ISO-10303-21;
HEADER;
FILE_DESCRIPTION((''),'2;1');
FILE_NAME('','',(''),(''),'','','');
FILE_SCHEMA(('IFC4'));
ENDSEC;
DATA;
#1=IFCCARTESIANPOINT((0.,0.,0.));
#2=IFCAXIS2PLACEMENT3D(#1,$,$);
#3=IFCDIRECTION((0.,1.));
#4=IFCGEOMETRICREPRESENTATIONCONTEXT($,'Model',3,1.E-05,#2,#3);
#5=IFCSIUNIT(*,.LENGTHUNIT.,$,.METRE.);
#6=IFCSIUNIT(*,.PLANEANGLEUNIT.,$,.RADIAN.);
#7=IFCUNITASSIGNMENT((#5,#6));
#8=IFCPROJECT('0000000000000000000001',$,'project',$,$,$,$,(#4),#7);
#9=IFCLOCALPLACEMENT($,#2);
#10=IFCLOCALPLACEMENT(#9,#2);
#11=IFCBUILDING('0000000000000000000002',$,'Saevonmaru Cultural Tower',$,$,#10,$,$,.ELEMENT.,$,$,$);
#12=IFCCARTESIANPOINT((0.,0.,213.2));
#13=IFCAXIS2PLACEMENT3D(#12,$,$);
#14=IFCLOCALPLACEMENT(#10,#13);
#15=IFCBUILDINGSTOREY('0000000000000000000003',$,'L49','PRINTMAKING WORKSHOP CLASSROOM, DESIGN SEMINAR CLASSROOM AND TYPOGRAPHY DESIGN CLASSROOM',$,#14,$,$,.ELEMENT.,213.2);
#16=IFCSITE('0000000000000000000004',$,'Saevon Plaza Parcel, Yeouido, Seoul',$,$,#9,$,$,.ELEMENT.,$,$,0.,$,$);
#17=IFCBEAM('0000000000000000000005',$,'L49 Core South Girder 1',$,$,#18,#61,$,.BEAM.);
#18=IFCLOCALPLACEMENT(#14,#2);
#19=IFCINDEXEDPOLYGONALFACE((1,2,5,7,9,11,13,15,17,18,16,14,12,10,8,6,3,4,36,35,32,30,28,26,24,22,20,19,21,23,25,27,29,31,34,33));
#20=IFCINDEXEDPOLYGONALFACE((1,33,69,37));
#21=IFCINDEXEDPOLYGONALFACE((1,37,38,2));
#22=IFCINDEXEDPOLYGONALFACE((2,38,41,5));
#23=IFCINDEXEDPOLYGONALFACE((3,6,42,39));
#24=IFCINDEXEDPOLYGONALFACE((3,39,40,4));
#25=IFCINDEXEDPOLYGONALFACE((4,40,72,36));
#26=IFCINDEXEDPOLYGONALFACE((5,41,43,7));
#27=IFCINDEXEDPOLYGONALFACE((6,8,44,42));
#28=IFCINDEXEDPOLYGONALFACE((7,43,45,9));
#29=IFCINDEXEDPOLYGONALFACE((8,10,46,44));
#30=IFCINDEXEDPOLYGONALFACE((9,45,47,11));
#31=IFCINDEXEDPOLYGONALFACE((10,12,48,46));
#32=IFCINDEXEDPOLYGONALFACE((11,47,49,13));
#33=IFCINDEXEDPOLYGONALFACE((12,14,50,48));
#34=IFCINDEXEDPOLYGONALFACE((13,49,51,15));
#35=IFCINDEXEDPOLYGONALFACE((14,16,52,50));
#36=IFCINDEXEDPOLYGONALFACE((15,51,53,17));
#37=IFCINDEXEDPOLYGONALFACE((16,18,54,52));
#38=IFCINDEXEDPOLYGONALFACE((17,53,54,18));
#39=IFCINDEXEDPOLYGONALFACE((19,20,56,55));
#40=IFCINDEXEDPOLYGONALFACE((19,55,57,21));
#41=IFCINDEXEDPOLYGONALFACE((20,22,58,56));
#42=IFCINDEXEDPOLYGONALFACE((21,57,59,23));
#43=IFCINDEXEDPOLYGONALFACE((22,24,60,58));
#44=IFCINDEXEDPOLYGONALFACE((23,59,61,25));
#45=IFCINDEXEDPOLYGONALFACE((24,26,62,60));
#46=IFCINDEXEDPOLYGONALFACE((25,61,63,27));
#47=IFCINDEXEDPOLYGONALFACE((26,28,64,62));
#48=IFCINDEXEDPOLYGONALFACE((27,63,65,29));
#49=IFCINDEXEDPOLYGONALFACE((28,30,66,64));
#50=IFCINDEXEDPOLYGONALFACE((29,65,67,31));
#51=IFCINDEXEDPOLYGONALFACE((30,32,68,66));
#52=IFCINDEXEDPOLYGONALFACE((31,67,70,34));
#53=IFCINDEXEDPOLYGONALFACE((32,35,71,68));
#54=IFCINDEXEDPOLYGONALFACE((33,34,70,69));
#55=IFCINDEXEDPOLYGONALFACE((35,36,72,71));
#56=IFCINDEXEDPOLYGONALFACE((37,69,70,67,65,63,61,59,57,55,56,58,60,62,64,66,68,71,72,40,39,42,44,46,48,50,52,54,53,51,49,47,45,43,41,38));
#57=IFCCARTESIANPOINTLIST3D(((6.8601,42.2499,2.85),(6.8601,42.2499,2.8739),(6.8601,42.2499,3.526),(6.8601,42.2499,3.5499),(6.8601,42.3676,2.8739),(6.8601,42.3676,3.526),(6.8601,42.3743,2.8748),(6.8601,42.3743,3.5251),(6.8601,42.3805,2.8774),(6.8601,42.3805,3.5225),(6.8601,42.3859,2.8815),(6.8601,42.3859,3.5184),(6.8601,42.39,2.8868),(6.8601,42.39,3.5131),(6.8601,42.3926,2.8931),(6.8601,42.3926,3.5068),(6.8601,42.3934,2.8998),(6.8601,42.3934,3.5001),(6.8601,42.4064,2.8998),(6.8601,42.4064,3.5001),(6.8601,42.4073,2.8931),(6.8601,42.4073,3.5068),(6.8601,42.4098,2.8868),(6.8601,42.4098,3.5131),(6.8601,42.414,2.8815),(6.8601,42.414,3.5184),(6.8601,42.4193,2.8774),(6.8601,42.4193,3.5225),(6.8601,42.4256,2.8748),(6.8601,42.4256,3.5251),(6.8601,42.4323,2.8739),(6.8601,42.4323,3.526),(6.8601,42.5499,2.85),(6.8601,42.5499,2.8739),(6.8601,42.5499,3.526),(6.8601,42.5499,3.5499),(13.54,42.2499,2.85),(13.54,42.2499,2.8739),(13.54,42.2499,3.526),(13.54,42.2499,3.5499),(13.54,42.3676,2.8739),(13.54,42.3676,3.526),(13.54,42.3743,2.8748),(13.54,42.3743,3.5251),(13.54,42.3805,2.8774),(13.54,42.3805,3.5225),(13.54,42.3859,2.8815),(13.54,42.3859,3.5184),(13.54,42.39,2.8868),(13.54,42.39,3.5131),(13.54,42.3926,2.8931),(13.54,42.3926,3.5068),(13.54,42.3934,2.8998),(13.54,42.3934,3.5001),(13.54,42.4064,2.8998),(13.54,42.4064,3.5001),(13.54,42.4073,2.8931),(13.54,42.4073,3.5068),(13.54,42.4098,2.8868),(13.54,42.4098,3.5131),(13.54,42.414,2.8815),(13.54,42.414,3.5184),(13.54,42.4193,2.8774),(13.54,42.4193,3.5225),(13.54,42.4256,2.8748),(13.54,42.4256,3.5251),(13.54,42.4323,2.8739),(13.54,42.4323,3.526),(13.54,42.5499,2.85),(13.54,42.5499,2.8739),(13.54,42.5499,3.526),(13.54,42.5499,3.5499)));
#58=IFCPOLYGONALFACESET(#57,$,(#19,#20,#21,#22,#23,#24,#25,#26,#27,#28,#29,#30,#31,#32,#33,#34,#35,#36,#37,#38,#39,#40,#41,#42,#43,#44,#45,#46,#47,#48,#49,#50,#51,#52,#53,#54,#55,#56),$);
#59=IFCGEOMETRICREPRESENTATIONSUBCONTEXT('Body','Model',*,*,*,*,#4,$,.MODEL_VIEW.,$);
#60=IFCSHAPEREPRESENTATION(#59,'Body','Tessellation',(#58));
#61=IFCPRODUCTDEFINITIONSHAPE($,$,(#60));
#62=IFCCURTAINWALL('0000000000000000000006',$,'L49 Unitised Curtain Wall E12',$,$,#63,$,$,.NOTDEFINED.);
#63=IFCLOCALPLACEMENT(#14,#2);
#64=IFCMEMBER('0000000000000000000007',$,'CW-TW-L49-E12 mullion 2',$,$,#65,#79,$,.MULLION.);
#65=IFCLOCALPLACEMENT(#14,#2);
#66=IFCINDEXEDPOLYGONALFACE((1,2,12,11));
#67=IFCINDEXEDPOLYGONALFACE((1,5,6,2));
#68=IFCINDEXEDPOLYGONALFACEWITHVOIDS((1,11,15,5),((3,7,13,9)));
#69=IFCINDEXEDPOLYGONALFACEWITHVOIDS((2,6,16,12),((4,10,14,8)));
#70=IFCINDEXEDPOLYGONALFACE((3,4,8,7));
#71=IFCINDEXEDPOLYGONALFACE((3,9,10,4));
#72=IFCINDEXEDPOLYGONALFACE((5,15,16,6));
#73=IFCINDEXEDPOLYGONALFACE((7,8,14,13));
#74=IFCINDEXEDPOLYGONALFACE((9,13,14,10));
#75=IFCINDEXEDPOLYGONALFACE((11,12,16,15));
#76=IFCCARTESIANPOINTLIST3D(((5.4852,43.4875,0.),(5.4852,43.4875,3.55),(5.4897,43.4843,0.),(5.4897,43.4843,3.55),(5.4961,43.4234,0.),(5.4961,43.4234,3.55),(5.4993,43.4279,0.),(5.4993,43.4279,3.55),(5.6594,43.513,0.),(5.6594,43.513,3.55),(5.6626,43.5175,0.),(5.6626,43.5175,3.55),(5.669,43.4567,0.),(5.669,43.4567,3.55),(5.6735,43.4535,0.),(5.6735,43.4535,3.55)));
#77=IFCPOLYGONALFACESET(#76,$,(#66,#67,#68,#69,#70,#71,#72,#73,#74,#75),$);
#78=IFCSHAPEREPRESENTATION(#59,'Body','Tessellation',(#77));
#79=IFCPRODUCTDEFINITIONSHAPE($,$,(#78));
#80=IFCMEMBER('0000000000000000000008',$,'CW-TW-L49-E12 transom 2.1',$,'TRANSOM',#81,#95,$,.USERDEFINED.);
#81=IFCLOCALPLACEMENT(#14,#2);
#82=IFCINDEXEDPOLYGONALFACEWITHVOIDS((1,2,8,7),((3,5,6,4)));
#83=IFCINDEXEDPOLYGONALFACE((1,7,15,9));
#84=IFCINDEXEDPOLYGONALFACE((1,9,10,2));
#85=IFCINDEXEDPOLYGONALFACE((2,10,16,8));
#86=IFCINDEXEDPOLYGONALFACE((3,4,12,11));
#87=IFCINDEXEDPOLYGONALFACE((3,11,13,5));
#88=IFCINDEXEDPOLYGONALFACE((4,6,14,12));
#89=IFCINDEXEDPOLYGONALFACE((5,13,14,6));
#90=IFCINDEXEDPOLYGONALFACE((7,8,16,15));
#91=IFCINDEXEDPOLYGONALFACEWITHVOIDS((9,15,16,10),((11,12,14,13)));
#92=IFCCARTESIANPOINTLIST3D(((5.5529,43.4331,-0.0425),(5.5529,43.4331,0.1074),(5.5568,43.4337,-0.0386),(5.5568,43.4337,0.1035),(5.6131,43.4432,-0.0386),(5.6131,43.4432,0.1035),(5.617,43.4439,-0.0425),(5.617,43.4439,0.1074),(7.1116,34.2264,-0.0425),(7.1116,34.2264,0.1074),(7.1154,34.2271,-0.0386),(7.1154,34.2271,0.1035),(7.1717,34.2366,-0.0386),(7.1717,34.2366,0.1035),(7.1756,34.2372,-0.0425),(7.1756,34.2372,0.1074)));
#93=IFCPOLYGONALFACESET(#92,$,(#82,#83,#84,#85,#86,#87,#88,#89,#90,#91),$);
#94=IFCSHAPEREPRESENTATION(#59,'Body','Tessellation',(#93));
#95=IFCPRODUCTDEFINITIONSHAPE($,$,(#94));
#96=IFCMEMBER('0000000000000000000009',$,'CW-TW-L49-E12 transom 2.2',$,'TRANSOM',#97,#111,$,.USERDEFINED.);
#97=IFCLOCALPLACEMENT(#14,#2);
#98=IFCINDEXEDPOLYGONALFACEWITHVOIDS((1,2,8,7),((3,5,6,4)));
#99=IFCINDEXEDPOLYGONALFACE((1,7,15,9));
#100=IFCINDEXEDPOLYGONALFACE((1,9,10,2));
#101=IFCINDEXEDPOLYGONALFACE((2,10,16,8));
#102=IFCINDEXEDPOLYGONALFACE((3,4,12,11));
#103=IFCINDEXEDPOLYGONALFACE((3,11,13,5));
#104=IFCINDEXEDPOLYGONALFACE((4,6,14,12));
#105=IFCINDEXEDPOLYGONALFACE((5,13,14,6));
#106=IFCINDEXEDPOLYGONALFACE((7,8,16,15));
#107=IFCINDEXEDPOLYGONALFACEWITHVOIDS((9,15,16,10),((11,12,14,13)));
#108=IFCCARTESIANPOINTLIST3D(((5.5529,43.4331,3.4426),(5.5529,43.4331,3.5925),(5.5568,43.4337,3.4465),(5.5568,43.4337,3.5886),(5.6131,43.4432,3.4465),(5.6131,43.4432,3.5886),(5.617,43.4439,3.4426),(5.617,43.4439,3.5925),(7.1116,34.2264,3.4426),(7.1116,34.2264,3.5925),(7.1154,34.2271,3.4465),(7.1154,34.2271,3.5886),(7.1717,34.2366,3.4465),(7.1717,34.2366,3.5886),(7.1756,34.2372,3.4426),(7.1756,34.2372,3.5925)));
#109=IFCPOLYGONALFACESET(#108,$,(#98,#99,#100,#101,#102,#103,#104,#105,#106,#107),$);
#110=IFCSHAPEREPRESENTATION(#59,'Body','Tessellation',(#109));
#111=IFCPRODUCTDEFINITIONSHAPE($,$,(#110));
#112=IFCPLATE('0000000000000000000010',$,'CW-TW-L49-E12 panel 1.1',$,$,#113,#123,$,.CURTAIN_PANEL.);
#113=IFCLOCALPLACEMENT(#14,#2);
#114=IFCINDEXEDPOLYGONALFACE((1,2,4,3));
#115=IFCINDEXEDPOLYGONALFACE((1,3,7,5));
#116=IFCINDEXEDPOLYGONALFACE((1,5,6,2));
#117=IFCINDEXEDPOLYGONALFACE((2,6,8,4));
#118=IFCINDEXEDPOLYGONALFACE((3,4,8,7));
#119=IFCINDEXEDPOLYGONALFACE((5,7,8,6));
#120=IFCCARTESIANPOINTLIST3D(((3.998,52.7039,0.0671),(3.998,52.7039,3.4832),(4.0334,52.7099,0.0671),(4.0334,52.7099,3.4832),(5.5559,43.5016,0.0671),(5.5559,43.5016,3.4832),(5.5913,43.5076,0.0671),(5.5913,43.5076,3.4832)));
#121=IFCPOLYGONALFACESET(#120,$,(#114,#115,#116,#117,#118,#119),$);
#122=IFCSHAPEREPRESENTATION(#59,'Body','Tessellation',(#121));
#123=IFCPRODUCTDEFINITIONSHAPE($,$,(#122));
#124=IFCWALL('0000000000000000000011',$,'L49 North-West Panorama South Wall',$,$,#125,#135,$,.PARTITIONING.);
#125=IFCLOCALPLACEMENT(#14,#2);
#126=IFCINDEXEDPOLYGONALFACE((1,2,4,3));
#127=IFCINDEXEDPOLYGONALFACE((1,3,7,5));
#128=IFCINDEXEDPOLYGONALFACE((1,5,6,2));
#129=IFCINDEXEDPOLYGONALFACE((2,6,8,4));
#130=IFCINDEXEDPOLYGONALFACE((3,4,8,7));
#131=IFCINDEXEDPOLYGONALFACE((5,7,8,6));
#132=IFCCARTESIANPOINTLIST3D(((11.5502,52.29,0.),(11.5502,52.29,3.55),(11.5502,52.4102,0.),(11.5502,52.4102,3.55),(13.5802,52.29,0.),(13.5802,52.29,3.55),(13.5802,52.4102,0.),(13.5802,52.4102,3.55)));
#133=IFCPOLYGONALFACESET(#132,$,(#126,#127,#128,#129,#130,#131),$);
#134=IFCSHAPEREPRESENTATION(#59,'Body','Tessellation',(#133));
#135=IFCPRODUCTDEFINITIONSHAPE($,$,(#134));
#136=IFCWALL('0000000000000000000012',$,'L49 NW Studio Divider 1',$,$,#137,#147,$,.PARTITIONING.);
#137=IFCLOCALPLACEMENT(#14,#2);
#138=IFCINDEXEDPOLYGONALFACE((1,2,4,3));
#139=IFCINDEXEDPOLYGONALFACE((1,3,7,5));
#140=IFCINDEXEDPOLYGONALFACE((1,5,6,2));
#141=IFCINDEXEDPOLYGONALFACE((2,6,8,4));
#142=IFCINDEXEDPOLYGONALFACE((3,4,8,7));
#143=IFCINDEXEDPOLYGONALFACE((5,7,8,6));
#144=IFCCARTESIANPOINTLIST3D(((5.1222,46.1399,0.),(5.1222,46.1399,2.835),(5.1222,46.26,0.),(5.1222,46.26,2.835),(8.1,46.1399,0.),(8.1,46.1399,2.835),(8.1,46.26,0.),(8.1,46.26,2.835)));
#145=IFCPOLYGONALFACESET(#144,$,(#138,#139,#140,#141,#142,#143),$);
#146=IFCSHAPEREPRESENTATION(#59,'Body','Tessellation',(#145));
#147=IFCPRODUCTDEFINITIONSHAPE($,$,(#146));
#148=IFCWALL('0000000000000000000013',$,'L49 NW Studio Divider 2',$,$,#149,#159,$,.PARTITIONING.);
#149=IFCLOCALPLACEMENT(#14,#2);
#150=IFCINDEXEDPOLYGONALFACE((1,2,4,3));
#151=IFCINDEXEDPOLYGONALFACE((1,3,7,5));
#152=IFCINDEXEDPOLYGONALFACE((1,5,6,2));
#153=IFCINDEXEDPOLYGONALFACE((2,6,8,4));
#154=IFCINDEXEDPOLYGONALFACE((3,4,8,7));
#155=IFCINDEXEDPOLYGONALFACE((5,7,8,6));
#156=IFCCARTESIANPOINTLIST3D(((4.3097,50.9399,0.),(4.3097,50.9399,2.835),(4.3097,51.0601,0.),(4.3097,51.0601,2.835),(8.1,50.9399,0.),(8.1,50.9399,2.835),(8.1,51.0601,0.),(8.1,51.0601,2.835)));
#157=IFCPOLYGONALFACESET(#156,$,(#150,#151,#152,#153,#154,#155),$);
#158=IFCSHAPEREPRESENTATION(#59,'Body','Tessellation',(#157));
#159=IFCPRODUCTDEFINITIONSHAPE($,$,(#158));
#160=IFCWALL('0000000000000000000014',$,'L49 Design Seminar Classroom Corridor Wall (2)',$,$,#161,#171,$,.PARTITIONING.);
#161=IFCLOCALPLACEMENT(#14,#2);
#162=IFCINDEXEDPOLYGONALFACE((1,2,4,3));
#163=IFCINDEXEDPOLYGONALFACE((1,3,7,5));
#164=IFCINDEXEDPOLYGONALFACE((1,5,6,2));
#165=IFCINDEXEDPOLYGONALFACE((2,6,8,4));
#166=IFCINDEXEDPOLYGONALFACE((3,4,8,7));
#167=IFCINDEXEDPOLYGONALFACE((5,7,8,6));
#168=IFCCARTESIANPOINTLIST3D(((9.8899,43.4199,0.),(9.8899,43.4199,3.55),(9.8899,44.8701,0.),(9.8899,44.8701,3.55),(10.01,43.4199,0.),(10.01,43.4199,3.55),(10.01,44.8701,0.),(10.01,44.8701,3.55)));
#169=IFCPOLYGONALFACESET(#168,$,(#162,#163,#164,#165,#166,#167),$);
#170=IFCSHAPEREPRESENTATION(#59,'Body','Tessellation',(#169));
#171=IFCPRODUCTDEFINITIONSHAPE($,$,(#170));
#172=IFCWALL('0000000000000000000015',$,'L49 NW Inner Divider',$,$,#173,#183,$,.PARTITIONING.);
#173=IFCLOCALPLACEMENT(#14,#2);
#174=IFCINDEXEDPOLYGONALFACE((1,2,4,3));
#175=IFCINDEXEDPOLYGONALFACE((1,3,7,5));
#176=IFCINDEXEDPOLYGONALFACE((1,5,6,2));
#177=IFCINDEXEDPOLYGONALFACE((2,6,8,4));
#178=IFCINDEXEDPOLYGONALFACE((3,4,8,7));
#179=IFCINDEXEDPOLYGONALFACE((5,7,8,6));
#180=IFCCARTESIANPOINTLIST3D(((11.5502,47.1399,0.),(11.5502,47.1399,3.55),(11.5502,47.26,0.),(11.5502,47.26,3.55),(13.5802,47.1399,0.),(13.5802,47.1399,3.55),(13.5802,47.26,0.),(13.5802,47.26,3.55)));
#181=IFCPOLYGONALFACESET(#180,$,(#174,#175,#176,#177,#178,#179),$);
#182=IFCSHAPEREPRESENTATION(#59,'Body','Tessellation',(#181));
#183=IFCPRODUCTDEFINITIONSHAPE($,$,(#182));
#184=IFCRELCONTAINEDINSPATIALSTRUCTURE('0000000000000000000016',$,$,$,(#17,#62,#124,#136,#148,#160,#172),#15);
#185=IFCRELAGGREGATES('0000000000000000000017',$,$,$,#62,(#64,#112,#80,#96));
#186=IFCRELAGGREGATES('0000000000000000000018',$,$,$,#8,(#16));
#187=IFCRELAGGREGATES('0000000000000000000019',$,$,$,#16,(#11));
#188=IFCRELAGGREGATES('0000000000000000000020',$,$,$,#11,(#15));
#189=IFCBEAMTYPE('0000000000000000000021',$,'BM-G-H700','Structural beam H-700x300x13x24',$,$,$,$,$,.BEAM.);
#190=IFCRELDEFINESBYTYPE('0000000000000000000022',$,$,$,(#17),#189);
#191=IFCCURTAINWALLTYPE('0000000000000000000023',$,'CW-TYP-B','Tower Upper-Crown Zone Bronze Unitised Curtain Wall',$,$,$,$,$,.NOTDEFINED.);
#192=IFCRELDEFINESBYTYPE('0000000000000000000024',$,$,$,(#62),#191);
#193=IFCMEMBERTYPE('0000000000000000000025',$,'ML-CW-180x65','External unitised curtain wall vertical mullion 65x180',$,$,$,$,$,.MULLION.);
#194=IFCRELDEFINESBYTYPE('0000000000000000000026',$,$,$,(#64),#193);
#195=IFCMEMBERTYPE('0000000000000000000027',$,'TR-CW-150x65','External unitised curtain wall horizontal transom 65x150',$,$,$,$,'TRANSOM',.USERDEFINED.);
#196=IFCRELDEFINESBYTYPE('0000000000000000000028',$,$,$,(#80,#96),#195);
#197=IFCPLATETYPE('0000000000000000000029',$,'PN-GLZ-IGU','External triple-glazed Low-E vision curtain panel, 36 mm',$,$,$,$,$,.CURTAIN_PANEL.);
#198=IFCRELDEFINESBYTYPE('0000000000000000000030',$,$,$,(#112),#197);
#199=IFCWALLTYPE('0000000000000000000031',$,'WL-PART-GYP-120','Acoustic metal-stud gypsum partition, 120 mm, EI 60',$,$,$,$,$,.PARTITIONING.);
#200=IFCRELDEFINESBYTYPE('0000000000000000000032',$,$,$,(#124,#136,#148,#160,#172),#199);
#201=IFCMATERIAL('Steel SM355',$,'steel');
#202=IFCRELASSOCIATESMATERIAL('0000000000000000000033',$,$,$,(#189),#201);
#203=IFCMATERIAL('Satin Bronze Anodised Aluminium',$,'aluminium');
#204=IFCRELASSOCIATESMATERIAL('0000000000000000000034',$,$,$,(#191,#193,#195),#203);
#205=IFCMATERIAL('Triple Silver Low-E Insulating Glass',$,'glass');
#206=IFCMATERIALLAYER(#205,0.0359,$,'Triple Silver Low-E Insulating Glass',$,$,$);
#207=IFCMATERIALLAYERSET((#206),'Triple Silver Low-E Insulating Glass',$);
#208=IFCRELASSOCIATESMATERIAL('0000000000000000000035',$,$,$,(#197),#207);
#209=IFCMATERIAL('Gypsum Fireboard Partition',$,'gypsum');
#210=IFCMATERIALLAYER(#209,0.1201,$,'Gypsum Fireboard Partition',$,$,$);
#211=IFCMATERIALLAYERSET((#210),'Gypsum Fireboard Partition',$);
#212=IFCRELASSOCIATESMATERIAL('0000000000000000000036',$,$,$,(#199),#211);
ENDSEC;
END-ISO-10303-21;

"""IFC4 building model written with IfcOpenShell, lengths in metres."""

from ifc_helpers import new_model, si_unit, direction, frame, frame_2d, origin, origin_2d, place, context, subcontext, project, spatial, rectangle, hollow_rectangle, i_section, extrude, material, layer, layer_set, material_profile, profile_set, type_object, element, aggregate, save


model = new_model("IFC4")

# Units and contexts
model_context = context("Model", 3, precision=1e-05, world=origin(), true_north=direction((0.0, 1.0)))
body_context = subcontext(model_context, "Body", "Model", "MODEL_VIEW")
ifc_project = project(units=[si_unit("LENGTHUNIT", "METRE"), si_unit("PLANEANGLEUNIT", "RADIAN")], contexts=[model_context])

# Site, building, storey
site_placement = place(None, origin())
site = spatial("IfcSite", under=ifc_project, at=site_placement, Name="Saevon Plaza Parcel, Yeouido, Seoul", CompositionType="ELEMENT", RefElevation=0.0)
building_placement = place(site_placement, origin())
building = spatial("IfcBuilding", under=site, at=building_placement, Name="Saevonmaru Cultural Tower", CompositionType="ELEMENT")
storey_placement = place(building_placement, frame((0.0, 0.0, 213.2)))
storey = spatial("IfcBuildingStorey", under=building, at=storey_placement, Name="L49", Description="PRINTMAKING WORKSHOP CLASSROOM, DESIGN SEMINAR CLASSROOM AND TYPOGRAPHY DESIGN CLASSROOM", CompositionType="ELEMENT", Elevation=213.2)

# Beam
ifc_material_1 = material(Name="Steel SM355", Category="steel")
ifc_material_profile_1 = material_profile(ifc_material_1, i_section(OverallWidth=0.3, OverallDepth=0.7, WebThickness=0.0129, FlangeThickness=0.0239, FilletRadius=0.0259, at=origin_2d()), Name="H-700x300x13x24")
ifc_profile_set_1 = profile_set([ifc_material_profile_1], Name="Steel SM355")
beam_type = type_object("IfcBeamType", Name="BM-G-H700", Description="Structural beam H-700x300x13x24", PredefinedType="BEAM", material=ifc_profile_set_1)
beam_placement = place(storey_placement, frame((6.8601, 42.3999, 3.2), z_axis=(1.0, 0.0, 0.0), x_axis=(0.0, 1.0, 0.0)))
element("IfcBeam", 1, at=beam_placement, inside=storey, type_object=beam_type, Name="L49 Core South Girder 1", PredefinedType="BEAM", context=body_context, shape_type="SweptSolid", body=[
    extrude(i_section(OverallWidth=0.3, OverallDepth=0.7, WebThickness=0.0129, FlangeThickness=0.0239, FilletRadius=0.0259, at=origin_2d()), origin(), (0.0, 0.0, 1.0), 6.6799),
])

# Curtain wall, members, plate
ifc_material_2 = material(Name="Satin Bronze Anodised Aluminium", Category="aluminium")
curtain_wall_type = type_object("IfcCurtainWallType", Name="CW-TYP-B", Description="Tower Upper-Crown Zone Bronze Unitised Curtain Wall", PredefinedType="NOTDEFINED", material=ifc_material_2)
curtain_wall_placement = place(storey_placement, origin())
curtain_wall = element("IfcCurtainWall", 2, at=curtain_wall_placement, inside=storey, type_object=curtain_wall_type, Name="L49 Unitised Curtain Wall E12", PredefinedType="NOTDEFINED")
ifc_material_profile_2 = material_profile(ifc_material_2, hollow_rectangle(XDim=0.0649, YDim=0.1799, WallThickness=0.0039, at=origin_2d()), Name="ALU-MULL-180x65x4")
ifc_profile_set_2 = profile_set([ifc_material_profile_2], Name="Satin Bronze Anodised Aluminium")
member_type_1 = type_object("IfcMemberType", Name="ML-CW-180x65", Description="External unitised curtain wall vertical mullion 65x180", PredefinedType="MULLION", material=ifc_profile_set_2)
member_1_placement = place(storey_placement, frame((5.5793, 43.4705, 0.0), z_axis=(0.0, 0.0, 1.0), x_axis=(0.166922, -0.98597, 0.0)))
member_1 = element("IfcMember", 3, at=member_1_placement, type_object=member_type_1, Name="CW-TW-L49-E12 mullion 2", PredefinedType="MULLION", context=body_context, shape_type="SweptSolid", body=[
    extrude(hollow_rectangle(XDim=0.0649, YDim=0.1799, WallThickness=0.0039, at=origin_2d()), origin(), (0.0, 0.0, 1.0), 3.55),
])
ifc_material_profile_3 = material_profile(ifc_material_2, hollow_rectangle(XDim=0.0649, YDim=0.1499, WallThickness=0.0039, at=origin_2d()), Name="ALU-TRAN-150x65x4")
ifc_profile_set_3 = profile_set([ifc_material_profile_3], Name="Satin Bronze Anodised Aluminium")
member_type_2 = type_object("IfcMemberType", Name="TR-CW-150x65", Description="External unitised curtain wall horizontal transom 65x150", ElementType="TRANSOM", PredefinedType="USERDEFINED", material=ifc_profile_set_3)
member_2_placement = place(storey_placement, frame((5.585, 43.4385, 0.0325), z_axis=(0.166917, -0.985971, 0.0), x_axis=(0.985971, 0.166917, 0.0)))
member_2 = element("IfcMember", 4, at=member_2_placement, type_object=member_type_2, Name="CW-TW-L49-E12 transom 2.1", ObjectType="TRANSOM", PredefinedType="USERDEFINED", context=body_context, shape_type="SweptSolid", body=[
    extrude(hollow_rectangle(XDim=0.0649, YDim=0.1499, WallThickness=0.0039, at=origin_2d()), origin(), (0.0, 0.0, 1.0), 9.3376),
])
member_3_placement = place(storey_placement, frame((5.585, 43.4385, 3.5176), z_axis=(0.166917, -0.985971, 0.0), x_axis=(0.985971, 0.166917, 0.0)))
member_3 = element("IfcMember", 5, at=member_3_placement, type_object=member_type_2, Name="CW-TW-L49-E12 transom 2.2", ObjectType="TRANSOM", PredefinedType="USERDEFINED", context=body_context, shape_type="SweptSolid", body=[
    extrude(hollow_rectangle(XDim=0.0649, YDim=0.1499, WallThickness=0.0039, at=origin_2d()), origin(), (0.0, 0.0, 1.0), 9.3376),
])
ifc_material_3 = material(Name="Triple Silver Low-E Insulating Glass", Category="glass")
ifc_layer_1 = layer(ifc_material_3, 0.0359, Name="Triple Silver Low-E Insulating Glass")
ifc_layer_set_1 = layer_set([ifc_layer_1], Name="Triple Silver Low-E Insulating Glass")
plate_type = type_object("IfcPlateType", Name="PN-GLZ-IGU", Description="External triple-glazed Low-E vision curtain panel, 36 mm", PredefinedType="CURTAIN_PANEL", material=ifc_layer_set_1)
plate_placement = place(storey_placement, frame((4.7947, 48.1057, 0.0671), z_axis=(0.0, 0.0, 1.0), x_axis=(0.166922, -0.98597, 0.0)))
plate = element("IfcPlate", 6, at=plate_placement, type_object=plate_type, Name="CW-TW-L49-E12 panel 1.1", PredefinedType="CURTAIN_PANEL", context=body_context, shape_type="SweptSolid", body=[
    extrude(rectangle(XDim=9.3333, YDim=0.0359, at=origin_2d()), origin(), (0.0, 0.0, 1.0), 3.416),
])
aggregate(curtain_wall, [member_1, plate, member_2, member_3])

# Walls
ifc_material_4 = material(Name="Gypsum Fireboard Partition", Category="gypsum")
ifc_layer_2 = layer(ifc_material_4, 0.1201, Name="Gypsum Fireboard Partition")
ifc_layer_set_2 = layer_set([ifc_layer_2], Name="Gypsum Fireboard Partition")
wall_type_1 = type_object("IfcWallType", Name="WL-PART-GYP-120", Description="Acoustic metal-stud gypsum partition, 120 mm, EI 60", PredefinedType="PARTITIONING", material=ifc_layer_set_2)
wall_1_placement = place(storey_placement, frame((11.55, 52.3501, 0.0), z_axis=(0.0, 0.0, 1.0), x_axis=(1.0, 0.0, 0.0)))
element("IfcWall", 7, at=wall_1_placement, inside=storey, type_object=wall_type_1, Name="L49 North-West Panorama South Wall", PredefinedType="PARTITIONING", context=body_context, shape_type="SweptSolid", body=[
    extrude(rectangle(XDim=2.03, YDim=0.1201, at=frame_2d((1.0151, 0.0))), origin(), (0.0, 0.0, 1.0), 3.55),
])
wall_2_placement = place(storey_placement, frame((5.1223, 46.2, 0.0), z_axis=(0.0, 0.0, 1.0), x_axis=(1.0, 0.0, 0.0)))
element("IfcWall", 8, at=wall_2_placement, inside=storey, type_object=wall_type_1, Name="L49 NW Studio Divider 1", PredefinedType="PARTITIONING", context=body_context, shape_type="SweptSolid", body=[
    extrude(rectangle(XDim=2.9778, YDim=0.1201, at=frame_2d((1.4888, 0.0))), origin(), (0.0, 0.0, 1.0), 2.835),
])
wall_3_placement = place(storey_placement, frame((4.3098, 51.0, 0.0), z_axis=(0.0, 0.0, 1.0), x_axis=(1.0, 0.0, 0.0)))
element("IfcWall", 9, at=wall_3_placement, inside=storey, type_object=wall_type_1, Name="L49 NW Studio Divider 2", PredefinedType="PARTITIONING", context=body_context, shape_type="SweptSolid", body=[
    extrude(rectangle(XDim=3.7903, YDim=0.1201, at=frame_2d((1.895, 0.0))), origin(), (0.0, 0.0, 1.0), 2.835),
])
wall_4_placement = place(storey_placement, frame((9.95, 43.4199, 0.0), z_axis=(0.0, 0.0, 1.0), x_axis=(0.0, 1.0, 0.0)))
element("IfcWall", 10, at=wall_4_placement, inside=storey, type_object=wall_type_1, Name="L49 Design Seminar Classroom Corridor Wall (2)", PredefinedType="PARTITIONING", context=body_context, shape_type="SweptSolid", body=[
    extrude(rectangle(XDim=1.4502, YDim=0.1201, at=frame_2d((0.7251, 0.0))), origin(), (0.0, 0.0, 1.0), 3.55),
])
wall_5_placement = place(storey_placement, frame((11.55, 47.2, 0.0), z_axis=(0.0, 0.0, 1.0), x_axis=(1.0, 0.0, 0.0)))
element("IfcWall", 11, at=wall_5_placement, inside=storey, type_object=wall_type_1, Name="L49 NW Inner Divider", PredefinedType="PARTITIONING", context=body_context, shape_type="SweptSolid", body=[
    extrude(rectangle(XDim=2.03, YDim=0.1201, at=frame_2d((1.0151, 0.0))), origin(), (0.0, 0.0, 1.0), 3.55),
])

save(model, "model.ifc")
